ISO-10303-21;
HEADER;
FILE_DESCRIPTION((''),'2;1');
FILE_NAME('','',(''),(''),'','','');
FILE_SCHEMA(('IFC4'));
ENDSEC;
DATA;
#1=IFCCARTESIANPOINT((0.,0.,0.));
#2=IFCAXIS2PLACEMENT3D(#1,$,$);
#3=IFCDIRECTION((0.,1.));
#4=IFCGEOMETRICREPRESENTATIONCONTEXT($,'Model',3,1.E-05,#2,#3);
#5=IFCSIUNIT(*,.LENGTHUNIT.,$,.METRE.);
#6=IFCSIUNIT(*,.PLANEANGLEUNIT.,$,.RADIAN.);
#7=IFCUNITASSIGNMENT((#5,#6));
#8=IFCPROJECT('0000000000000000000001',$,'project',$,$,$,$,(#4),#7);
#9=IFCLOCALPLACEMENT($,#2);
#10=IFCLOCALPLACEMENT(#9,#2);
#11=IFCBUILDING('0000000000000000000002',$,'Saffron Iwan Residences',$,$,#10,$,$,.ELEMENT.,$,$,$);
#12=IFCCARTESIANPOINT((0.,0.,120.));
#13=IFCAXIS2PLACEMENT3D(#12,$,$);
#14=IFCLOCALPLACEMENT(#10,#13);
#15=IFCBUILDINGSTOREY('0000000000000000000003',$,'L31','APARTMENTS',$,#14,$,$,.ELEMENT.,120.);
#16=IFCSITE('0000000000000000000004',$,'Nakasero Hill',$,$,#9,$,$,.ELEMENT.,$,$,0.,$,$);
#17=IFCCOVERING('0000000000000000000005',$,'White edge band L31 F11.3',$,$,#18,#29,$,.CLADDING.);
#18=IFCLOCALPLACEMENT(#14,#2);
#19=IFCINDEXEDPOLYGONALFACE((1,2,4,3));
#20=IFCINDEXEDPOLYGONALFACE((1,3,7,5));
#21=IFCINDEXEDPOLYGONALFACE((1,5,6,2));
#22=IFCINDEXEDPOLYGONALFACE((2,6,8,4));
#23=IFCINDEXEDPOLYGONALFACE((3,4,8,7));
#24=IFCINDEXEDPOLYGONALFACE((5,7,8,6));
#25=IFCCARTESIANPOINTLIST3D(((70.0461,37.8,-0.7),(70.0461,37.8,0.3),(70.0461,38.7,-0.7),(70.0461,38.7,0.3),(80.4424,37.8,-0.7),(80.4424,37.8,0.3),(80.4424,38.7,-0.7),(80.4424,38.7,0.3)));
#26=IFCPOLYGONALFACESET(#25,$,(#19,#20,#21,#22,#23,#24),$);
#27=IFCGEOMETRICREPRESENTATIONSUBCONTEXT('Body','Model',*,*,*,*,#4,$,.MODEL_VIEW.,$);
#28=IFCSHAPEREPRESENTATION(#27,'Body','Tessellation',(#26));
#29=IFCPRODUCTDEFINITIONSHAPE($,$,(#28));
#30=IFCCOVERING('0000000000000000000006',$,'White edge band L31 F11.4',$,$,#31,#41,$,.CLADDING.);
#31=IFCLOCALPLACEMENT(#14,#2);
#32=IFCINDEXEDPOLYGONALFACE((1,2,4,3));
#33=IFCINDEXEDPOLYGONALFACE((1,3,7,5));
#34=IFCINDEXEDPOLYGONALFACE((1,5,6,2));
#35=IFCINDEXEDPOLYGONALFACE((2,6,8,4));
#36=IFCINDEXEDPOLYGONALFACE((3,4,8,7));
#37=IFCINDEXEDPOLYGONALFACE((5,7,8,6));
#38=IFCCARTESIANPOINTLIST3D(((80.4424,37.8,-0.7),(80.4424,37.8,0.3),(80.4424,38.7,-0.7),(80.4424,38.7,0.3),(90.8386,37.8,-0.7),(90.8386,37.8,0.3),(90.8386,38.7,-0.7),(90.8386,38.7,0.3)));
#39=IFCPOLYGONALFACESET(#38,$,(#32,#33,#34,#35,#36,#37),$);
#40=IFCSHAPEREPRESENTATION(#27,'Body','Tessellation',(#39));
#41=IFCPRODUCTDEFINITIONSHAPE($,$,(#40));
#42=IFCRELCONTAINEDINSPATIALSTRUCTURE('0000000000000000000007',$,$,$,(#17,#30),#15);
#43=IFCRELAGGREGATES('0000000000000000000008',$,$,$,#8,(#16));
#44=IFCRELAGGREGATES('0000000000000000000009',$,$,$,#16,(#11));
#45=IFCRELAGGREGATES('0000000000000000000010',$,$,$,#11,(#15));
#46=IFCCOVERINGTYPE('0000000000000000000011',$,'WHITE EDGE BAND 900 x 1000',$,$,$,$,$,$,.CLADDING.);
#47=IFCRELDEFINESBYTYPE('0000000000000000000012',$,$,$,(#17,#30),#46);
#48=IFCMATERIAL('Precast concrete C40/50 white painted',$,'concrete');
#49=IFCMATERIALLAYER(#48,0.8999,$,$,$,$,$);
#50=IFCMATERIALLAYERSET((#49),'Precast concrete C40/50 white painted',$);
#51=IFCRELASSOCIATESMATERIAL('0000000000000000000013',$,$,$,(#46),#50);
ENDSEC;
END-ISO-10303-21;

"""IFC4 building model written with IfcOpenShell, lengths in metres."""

from ifc_helpers import new_model, si_unit, direction, frame, origin, place, context, subcontext, project, spatial, polyline, outline, extrude, material, layer, layer_set, type_object, element, save


model = new_model("IFC4")

# Units and contexts
model_context = context("Model", 3, precision=1e-05, world=origin(), true_north=direction((0.0, 1.0)))
body_context = subcontext(model_context, "Body", "Model", "MODEL_VIEW")
ifc_project = project(units=[si_unit("LENGTHUNIT", "METRE"), si_unit("PLANEANGLEUNIT", "RADIAN")], contexts=[model_context])

# Site, building, storey
site_placement = place(None, origin())
site = spatial("IfcSite", under=ifc_project, at=site_placement, Name="Nakasero Hill", CompositionType="ELEMENT", RefElevation=0.0)
building_placement = place(site_placement, origin())
building = spatial("IfcBuilding", under=site, at=building_placement, Name="Saffron Iwan Residences", CompositionType="ELEMENT")
storey_placement = place(building_placement, frame((0.0, 0.0, 120.0)))
storey = spatial("IfcBuildingStorey", under=building, at=storey_placement, Name="L31", Description="APARTMENTS", CompositionType="ELEMENT", Elevation=120.0)

# Coverings
ifc_material_1 = material(Name="Precast concrete C40/50 white painted", Category="concrete")
ifc_layer_1 = layer(ifc_material_1, 0.8999)
ifc_layer_set_1 = layer_set([ifc_layer_1], Name="Precast concrete C40/50 white painted")
covering_type_1 = type_object("IfcCoveringType", Name="WHITE EDGE BAND 900 x 1000", PredefinedType="CLADDING", material=ifc_layer_set_1)
covering_1_placement = place(storey_placement, frame((0.0, 0.0, -0.7)))
element("IfcCovering", 1, at=covering_1_placement, inside=storey, type_object=covering_type_1, Name="White edge band L31 F11.3", PredefinedType="CLADDING", context=body_context, shape_type="SweptSolid", body=[
    extrude(outline(polyline([(70.0461, 37.8), (80.4424, 37.8), (80.4424, 38.7), (70.0461, 38.7), (70.0461, 37.8)])), origin(), (0.0, 0.0, 1.0), 1.0),
])
covering_2_placement = place(storey_placement, frame((0.0, 0.0, -0.7)))
element("IfcCovering", 2, at=covering_2_placement, inside=storey, type_object=covering_type_1, Name="White edge band L31 F11.4", PredefinedType="CLADDING", context=body_context, shape_type="SweptSolid", body=[
    extrude(outline(polyline([(80.4424, 37.8), (90.8386, 37.8), (90.8386, 38.7), (80.4424, 38.7), (80.4424, 37.8)])), origin(), (0.0, 0.0, 1.0), 1.0),
])

save(model, "model.ifc")
